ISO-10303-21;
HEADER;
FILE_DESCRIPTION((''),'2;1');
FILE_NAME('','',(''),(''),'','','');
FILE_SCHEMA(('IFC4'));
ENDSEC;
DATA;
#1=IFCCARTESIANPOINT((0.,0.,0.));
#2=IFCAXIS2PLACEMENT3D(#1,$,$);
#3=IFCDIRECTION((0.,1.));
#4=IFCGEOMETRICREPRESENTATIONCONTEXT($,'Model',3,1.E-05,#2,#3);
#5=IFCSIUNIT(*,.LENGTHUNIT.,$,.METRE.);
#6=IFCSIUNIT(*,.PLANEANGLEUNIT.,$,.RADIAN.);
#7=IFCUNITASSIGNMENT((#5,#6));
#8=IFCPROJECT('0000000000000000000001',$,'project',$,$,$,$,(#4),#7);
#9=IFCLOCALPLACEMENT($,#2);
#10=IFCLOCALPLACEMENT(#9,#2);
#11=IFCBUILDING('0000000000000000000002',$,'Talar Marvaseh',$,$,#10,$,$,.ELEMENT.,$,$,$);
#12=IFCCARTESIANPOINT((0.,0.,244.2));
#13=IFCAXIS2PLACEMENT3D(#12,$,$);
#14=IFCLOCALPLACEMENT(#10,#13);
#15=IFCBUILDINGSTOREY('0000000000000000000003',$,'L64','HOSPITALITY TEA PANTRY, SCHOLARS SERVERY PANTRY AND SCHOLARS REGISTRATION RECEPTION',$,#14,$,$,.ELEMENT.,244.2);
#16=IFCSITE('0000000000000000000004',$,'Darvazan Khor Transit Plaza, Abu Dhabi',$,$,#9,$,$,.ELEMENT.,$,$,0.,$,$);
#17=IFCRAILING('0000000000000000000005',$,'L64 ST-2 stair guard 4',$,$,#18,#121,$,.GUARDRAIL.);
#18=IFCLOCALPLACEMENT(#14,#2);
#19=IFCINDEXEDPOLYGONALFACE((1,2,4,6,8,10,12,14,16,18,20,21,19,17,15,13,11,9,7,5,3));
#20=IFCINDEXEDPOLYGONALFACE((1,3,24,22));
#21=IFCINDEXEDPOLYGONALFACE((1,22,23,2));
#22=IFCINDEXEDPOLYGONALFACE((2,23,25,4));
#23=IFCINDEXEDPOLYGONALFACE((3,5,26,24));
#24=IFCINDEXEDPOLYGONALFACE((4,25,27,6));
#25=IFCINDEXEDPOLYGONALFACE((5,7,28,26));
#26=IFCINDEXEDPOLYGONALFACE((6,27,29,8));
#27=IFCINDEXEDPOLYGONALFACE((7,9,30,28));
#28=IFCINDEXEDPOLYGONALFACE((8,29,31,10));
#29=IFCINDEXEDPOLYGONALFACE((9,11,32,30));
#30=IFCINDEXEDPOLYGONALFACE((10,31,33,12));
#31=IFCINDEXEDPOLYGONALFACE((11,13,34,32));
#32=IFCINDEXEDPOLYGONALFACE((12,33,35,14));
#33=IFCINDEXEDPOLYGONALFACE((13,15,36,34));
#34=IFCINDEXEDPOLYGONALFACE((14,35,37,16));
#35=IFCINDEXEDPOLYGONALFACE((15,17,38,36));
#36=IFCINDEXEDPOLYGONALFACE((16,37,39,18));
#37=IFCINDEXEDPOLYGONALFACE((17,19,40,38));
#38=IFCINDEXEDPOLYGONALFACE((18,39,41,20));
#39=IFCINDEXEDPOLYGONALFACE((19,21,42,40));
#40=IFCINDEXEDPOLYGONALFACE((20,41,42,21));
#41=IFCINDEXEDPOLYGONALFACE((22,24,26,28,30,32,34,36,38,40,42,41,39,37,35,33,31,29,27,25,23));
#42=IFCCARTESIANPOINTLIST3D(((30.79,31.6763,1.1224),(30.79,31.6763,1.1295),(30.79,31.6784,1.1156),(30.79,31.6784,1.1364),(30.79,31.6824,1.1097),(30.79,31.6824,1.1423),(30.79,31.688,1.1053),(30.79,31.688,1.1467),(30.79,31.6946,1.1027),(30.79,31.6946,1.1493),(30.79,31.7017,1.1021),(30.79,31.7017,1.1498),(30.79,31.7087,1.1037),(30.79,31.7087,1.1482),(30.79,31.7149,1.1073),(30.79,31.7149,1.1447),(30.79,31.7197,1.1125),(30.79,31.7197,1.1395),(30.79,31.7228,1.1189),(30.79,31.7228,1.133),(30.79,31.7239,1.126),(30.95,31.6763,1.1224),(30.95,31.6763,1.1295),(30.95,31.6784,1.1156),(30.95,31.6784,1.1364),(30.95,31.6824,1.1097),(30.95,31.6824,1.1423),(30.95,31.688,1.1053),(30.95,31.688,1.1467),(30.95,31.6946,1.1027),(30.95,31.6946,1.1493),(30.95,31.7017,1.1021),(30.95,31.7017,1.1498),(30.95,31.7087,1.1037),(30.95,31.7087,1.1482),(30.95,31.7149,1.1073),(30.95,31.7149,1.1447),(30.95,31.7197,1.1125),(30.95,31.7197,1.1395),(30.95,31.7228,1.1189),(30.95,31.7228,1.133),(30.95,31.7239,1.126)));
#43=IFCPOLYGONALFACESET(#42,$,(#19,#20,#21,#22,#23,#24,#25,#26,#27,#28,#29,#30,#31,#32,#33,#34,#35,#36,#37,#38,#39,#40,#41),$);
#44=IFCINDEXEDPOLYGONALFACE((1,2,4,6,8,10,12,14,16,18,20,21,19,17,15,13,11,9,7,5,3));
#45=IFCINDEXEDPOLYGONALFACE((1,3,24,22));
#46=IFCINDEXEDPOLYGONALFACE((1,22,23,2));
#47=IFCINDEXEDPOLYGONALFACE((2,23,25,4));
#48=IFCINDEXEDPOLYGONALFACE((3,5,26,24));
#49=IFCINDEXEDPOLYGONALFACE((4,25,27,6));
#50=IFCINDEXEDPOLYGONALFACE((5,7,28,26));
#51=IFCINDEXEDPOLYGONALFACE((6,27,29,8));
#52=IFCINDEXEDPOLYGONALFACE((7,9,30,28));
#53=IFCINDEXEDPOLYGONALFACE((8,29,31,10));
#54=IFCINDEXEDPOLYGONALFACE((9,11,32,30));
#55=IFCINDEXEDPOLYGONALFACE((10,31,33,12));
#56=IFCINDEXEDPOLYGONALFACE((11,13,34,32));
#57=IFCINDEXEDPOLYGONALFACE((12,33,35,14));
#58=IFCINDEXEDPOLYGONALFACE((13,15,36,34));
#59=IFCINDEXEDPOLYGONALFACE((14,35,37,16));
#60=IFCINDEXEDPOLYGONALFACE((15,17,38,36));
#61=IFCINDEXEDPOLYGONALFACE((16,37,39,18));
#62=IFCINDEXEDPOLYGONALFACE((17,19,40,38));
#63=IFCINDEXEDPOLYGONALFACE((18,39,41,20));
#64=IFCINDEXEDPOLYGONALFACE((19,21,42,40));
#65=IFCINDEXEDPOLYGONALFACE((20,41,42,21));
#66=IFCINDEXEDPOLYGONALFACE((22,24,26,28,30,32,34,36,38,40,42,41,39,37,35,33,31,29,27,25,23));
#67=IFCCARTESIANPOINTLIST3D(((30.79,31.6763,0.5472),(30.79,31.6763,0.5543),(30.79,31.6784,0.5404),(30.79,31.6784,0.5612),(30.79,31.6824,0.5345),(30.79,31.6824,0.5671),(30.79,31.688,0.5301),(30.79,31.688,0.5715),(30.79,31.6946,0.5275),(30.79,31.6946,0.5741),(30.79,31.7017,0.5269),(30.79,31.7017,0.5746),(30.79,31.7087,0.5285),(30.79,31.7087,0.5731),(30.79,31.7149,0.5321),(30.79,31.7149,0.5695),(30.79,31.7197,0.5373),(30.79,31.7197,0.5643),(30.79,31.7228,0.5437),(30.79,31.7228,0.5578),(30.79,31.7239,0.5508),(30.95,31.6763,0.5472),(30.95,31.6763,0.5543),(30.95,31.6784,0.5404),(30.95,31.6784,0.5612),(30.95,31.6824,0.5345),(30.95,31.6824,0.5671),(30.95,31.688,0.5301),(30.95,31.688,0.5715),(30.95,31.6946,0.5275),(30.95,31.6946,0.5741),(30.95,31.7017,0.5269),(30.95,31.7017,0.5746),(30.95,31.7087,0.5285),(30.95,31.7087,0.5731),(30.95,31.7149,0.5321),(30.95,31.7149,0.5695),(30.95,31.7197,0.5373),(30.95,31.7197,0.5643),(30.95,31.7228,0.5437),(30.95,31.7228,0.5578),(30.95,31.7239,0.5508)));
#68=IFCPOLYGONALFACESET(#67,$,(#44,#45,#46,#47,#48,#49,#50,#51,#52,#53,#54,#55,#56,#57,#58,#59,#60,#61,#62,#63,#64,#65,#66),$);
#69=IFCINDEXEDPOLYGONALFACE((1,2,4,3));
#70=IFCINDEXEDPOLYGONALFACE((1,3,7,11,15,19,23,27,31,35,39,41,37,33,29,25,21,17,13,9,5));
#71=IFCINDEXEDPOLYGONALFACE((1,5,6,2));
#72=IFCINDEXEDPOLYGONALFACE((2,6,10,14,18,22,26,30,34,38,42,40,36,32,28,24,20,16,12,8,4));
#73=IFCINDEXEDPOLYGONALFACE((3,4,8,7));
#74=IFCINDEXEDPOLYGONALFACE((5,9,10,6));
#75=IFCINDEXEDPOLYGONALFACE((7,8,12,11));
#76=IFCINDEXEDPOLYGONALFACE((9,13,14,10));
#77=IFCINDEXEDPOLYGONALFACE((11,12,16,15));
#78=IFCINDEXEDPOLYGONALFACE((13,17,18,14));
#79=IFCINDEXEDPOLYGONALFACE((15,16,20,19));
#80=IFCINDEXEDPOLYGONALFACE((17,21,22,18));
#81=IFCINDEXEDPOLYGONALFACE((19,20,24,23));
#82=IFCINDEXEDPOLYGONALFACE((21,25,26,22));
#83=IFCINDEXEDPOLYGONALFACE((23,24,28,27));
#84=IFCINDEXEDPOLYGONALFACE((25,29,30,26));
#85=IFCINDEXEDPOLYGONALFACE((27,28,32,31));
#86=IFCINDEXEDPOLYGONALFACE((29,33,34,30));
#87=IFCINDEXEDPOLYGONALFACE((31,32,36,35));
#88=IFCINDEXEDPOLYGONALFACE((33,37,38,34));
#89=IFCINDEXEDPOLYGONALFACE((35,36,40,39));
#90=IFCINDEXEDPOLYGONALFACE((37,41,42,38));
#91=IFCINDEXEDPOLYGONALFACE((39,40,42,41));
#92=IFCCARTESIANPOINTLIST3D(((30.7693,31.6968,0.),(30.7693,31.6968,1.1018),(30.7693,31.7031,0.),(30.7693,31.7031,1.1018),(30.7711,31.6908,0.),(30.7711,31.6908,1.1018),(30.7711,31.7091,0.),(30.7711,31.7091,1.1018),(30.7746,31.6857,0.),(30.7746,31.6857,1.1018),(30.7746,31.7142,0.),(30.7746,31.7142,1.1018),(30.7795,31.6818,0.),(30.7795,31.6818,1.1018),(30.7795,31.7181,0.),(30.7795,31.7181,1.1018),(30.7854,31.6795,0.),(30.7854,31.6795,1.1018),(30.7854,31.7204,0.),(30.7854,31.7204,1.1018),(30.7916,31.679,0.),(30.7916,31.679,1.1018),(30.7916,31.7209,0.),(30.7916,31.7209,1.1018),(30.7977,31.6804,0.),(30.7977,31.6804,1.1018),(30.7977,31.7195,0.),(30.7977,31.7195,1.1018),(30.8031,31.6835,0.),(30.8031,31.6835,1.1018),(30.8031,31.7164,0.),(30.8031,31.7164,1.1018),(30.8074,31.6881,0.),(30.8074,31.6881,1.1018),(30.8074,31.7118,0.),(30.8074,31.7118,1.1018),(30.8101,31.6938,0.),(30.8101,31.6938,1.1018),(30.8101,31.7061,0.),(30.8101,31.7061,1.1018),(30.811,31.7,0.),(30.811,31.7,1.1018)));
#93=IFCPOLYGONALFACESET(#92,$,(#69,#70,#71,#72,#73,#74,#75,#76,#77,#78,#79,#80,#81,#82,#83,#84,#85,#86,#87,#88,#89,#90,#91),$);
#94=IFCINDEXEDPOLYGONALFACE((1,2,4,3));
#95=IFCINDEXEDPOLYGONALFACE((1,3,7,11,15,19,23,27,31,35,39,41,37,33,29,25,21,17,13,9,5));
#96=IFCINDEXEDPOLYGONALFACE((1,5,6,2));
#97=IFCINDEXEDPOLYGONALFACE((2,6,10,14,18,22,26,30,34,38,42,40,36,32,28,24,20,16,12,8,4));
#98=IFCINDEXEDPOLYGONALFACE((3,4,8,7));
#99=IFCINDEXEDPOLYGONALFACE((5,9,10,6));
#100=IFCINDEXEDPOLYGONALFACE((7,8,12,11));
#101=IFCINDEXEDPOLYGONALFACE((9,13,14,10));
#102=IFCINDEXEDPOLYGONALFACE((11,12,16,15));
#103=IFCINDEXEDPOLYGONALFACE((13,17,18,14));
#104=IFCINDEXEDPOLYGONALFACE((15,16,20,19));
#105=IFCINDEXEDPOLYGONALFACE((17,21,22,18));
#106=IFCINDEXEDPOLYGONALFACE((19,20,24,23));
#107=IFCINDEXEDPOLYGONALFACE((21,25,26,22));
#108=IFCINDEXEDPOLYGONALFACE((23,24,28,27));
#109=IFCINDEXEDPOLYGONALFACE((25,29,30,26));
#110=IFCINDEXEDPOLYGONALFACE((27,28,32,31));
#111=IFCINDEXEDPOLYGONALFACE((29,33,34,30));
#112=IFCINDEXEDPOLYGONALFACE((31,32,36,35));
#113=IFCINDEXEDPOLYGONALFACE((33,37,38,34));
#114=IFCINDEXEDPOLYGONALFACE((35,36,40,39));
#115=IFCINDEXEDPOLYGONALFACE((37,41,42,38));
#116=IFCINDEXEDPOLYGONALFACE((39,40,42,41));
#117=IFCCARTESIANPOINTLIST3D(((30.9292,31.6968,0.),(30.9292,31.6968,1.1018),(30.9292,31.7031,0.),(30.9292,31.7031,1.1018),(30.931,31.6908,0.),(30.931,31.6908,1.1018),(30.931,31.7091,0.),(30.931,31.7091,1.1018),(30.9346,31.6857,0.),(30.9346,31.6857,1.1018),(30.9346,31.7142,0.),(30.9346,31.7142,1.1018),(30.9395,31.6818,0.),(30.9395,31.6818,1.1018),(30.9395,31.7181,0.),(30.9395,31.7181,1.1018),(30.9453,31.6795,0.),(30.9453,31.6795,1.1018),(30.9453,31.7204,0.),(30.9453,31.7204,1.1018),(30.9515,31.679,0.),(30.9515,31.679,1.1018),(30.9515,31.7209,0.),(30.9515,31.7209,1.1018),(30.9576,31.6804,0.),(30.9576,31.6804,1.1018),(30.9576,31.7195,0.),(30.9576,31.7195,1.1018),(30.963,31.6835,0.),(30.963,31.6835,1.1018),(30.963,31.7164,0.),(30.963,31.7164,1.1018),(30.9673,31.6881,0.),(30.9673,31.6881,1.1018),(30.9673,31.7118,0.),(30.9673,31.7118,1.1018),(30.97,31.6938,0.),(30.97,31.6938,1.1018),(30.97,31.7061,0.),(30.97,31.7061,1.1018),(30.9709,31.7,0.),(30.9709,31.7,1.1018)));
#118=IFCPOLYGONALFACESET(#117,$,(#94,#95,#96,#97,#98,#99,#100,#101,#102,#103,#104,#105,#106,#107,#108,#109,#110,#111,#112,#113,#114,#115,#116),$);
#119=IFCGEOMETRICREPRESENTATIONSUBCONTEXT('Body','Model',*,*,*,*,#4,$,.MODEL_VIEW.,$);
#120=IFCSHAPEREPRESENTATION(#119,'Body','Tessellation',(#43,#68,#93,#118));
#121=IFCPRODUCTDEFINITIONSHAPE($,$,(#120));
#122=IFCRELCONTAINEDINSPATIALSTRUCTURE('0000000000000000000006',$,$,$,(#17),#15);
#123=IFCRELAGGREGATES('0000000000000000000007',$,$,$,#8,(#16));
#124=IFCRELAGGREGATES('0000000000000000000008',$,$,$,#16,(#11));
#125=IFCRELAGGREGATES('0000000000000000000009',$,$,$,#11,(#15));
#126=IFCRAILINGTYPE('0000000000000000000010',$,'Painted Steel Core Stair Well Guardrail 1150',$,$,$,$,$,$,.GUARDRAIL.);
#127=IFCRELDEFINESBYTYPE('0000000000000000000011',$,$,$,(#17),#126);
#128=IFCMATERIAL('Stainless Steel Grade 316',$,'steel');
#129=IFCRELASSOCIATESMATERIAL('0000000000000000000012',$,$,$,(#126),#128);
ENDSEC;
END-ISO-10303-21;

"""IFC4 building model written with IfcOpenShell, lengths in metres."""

from ifc_helpers import new_model, si_unit, direction, frame, origin, origin_2d, place, context, subcontext, project, spatial, circle, extrude, material, type_object, element, save


model = new_model("IFC4")

# Units and contexts
model_context = context("Model", 3, precision=1e-05, world=origin(), true_north=direction((0.0, 1.0)))
body_context = subcontext(model_context, "Body", "Model", "MODEL_VIEW")
ifc_project = project(units=[si_unit("LENGTHUNIT", "METRE"), si_unit("PLANEANGLEUNIT", "RADIAN")], contexts=[model_context])

# Site, building, storey
site_placement = place(None, origin())
site = spatial("IfcSite", under=ifc_project, at=site_placement, Name="Darvazan Khor Transit Plaza, Abu Dhabi", CompositionType="ELEMENT", RefElevation=0.0)
building_placement = place(site_placement, origin())
building = spatial("IfcBuilding", under=site, at=building_placement, Name="Talar Marvaseh", CompositionType="ELEMENT")
storey_placement = place(building_placement, frame((0.0, 0.0, 244.2)))
storey = spatial("IfcBuildingStorey", under=building, at=storey_placement, Name="L64", Description="HOSPITALITY TEA PANTRY, SCHOLARS SERVERY PANTRY AND SCHOLARS REGISTRATION RECEPTION", CompositionType="ELEMENT", Elevation=244.2)

# Shared definitions
ifc_material_1 = material(Name="Stainless Steel Grade 316", Category="steel")

# Railing
railing_type_1 = type_object("IfcRailingType", Name="Painted Steel Core Stair Well Guardrail 1150", PredefinedType="GUARDRAIL", material=ifc_material_1)
railing_1_placement = place(storey_placement, frame((30.79, 31.7, 0.0)))
element("IfcRailing", 1, at=railing_1_placement, inside=storey, type_object=railing_type_1, Name="L64 ST-2 stair guard 4", PredefinedType="GUARDRAIL", context=body_context, shape_type="SweptSolid", body=[
    extrude(circle(Radius=0.0239, at=origin_2d()), frame((0.0, 0.0, 1.126), z_axis=(1.0, 0.0, 0.0), x_axis=(0.0, 1.0, 0.0)), (0.0, 0.0, 1.0), 0.1599),
    extrude(circle(Radius=0.0239, at=origin_2d()), frame((0.0, 0.0, 0.5508), z_axis=(1.0, 0.0, 0.0), x_axis=(0.0, 1.0, 0.0)), (0.0, 0.0, 1.0), 0.1599),
    extrude(circle(Radius=0.021, at=origin_2d()), origin(), (0.0, 0.0, 1.0), 1.1018),
    extrude(circle(Radius=0.021, at=origin_2d()), frame((0.1599, 0.0, 0.0)), (0.0, 0.0, 1.0), 1.1018),
])

save(model, "model.ifc")
